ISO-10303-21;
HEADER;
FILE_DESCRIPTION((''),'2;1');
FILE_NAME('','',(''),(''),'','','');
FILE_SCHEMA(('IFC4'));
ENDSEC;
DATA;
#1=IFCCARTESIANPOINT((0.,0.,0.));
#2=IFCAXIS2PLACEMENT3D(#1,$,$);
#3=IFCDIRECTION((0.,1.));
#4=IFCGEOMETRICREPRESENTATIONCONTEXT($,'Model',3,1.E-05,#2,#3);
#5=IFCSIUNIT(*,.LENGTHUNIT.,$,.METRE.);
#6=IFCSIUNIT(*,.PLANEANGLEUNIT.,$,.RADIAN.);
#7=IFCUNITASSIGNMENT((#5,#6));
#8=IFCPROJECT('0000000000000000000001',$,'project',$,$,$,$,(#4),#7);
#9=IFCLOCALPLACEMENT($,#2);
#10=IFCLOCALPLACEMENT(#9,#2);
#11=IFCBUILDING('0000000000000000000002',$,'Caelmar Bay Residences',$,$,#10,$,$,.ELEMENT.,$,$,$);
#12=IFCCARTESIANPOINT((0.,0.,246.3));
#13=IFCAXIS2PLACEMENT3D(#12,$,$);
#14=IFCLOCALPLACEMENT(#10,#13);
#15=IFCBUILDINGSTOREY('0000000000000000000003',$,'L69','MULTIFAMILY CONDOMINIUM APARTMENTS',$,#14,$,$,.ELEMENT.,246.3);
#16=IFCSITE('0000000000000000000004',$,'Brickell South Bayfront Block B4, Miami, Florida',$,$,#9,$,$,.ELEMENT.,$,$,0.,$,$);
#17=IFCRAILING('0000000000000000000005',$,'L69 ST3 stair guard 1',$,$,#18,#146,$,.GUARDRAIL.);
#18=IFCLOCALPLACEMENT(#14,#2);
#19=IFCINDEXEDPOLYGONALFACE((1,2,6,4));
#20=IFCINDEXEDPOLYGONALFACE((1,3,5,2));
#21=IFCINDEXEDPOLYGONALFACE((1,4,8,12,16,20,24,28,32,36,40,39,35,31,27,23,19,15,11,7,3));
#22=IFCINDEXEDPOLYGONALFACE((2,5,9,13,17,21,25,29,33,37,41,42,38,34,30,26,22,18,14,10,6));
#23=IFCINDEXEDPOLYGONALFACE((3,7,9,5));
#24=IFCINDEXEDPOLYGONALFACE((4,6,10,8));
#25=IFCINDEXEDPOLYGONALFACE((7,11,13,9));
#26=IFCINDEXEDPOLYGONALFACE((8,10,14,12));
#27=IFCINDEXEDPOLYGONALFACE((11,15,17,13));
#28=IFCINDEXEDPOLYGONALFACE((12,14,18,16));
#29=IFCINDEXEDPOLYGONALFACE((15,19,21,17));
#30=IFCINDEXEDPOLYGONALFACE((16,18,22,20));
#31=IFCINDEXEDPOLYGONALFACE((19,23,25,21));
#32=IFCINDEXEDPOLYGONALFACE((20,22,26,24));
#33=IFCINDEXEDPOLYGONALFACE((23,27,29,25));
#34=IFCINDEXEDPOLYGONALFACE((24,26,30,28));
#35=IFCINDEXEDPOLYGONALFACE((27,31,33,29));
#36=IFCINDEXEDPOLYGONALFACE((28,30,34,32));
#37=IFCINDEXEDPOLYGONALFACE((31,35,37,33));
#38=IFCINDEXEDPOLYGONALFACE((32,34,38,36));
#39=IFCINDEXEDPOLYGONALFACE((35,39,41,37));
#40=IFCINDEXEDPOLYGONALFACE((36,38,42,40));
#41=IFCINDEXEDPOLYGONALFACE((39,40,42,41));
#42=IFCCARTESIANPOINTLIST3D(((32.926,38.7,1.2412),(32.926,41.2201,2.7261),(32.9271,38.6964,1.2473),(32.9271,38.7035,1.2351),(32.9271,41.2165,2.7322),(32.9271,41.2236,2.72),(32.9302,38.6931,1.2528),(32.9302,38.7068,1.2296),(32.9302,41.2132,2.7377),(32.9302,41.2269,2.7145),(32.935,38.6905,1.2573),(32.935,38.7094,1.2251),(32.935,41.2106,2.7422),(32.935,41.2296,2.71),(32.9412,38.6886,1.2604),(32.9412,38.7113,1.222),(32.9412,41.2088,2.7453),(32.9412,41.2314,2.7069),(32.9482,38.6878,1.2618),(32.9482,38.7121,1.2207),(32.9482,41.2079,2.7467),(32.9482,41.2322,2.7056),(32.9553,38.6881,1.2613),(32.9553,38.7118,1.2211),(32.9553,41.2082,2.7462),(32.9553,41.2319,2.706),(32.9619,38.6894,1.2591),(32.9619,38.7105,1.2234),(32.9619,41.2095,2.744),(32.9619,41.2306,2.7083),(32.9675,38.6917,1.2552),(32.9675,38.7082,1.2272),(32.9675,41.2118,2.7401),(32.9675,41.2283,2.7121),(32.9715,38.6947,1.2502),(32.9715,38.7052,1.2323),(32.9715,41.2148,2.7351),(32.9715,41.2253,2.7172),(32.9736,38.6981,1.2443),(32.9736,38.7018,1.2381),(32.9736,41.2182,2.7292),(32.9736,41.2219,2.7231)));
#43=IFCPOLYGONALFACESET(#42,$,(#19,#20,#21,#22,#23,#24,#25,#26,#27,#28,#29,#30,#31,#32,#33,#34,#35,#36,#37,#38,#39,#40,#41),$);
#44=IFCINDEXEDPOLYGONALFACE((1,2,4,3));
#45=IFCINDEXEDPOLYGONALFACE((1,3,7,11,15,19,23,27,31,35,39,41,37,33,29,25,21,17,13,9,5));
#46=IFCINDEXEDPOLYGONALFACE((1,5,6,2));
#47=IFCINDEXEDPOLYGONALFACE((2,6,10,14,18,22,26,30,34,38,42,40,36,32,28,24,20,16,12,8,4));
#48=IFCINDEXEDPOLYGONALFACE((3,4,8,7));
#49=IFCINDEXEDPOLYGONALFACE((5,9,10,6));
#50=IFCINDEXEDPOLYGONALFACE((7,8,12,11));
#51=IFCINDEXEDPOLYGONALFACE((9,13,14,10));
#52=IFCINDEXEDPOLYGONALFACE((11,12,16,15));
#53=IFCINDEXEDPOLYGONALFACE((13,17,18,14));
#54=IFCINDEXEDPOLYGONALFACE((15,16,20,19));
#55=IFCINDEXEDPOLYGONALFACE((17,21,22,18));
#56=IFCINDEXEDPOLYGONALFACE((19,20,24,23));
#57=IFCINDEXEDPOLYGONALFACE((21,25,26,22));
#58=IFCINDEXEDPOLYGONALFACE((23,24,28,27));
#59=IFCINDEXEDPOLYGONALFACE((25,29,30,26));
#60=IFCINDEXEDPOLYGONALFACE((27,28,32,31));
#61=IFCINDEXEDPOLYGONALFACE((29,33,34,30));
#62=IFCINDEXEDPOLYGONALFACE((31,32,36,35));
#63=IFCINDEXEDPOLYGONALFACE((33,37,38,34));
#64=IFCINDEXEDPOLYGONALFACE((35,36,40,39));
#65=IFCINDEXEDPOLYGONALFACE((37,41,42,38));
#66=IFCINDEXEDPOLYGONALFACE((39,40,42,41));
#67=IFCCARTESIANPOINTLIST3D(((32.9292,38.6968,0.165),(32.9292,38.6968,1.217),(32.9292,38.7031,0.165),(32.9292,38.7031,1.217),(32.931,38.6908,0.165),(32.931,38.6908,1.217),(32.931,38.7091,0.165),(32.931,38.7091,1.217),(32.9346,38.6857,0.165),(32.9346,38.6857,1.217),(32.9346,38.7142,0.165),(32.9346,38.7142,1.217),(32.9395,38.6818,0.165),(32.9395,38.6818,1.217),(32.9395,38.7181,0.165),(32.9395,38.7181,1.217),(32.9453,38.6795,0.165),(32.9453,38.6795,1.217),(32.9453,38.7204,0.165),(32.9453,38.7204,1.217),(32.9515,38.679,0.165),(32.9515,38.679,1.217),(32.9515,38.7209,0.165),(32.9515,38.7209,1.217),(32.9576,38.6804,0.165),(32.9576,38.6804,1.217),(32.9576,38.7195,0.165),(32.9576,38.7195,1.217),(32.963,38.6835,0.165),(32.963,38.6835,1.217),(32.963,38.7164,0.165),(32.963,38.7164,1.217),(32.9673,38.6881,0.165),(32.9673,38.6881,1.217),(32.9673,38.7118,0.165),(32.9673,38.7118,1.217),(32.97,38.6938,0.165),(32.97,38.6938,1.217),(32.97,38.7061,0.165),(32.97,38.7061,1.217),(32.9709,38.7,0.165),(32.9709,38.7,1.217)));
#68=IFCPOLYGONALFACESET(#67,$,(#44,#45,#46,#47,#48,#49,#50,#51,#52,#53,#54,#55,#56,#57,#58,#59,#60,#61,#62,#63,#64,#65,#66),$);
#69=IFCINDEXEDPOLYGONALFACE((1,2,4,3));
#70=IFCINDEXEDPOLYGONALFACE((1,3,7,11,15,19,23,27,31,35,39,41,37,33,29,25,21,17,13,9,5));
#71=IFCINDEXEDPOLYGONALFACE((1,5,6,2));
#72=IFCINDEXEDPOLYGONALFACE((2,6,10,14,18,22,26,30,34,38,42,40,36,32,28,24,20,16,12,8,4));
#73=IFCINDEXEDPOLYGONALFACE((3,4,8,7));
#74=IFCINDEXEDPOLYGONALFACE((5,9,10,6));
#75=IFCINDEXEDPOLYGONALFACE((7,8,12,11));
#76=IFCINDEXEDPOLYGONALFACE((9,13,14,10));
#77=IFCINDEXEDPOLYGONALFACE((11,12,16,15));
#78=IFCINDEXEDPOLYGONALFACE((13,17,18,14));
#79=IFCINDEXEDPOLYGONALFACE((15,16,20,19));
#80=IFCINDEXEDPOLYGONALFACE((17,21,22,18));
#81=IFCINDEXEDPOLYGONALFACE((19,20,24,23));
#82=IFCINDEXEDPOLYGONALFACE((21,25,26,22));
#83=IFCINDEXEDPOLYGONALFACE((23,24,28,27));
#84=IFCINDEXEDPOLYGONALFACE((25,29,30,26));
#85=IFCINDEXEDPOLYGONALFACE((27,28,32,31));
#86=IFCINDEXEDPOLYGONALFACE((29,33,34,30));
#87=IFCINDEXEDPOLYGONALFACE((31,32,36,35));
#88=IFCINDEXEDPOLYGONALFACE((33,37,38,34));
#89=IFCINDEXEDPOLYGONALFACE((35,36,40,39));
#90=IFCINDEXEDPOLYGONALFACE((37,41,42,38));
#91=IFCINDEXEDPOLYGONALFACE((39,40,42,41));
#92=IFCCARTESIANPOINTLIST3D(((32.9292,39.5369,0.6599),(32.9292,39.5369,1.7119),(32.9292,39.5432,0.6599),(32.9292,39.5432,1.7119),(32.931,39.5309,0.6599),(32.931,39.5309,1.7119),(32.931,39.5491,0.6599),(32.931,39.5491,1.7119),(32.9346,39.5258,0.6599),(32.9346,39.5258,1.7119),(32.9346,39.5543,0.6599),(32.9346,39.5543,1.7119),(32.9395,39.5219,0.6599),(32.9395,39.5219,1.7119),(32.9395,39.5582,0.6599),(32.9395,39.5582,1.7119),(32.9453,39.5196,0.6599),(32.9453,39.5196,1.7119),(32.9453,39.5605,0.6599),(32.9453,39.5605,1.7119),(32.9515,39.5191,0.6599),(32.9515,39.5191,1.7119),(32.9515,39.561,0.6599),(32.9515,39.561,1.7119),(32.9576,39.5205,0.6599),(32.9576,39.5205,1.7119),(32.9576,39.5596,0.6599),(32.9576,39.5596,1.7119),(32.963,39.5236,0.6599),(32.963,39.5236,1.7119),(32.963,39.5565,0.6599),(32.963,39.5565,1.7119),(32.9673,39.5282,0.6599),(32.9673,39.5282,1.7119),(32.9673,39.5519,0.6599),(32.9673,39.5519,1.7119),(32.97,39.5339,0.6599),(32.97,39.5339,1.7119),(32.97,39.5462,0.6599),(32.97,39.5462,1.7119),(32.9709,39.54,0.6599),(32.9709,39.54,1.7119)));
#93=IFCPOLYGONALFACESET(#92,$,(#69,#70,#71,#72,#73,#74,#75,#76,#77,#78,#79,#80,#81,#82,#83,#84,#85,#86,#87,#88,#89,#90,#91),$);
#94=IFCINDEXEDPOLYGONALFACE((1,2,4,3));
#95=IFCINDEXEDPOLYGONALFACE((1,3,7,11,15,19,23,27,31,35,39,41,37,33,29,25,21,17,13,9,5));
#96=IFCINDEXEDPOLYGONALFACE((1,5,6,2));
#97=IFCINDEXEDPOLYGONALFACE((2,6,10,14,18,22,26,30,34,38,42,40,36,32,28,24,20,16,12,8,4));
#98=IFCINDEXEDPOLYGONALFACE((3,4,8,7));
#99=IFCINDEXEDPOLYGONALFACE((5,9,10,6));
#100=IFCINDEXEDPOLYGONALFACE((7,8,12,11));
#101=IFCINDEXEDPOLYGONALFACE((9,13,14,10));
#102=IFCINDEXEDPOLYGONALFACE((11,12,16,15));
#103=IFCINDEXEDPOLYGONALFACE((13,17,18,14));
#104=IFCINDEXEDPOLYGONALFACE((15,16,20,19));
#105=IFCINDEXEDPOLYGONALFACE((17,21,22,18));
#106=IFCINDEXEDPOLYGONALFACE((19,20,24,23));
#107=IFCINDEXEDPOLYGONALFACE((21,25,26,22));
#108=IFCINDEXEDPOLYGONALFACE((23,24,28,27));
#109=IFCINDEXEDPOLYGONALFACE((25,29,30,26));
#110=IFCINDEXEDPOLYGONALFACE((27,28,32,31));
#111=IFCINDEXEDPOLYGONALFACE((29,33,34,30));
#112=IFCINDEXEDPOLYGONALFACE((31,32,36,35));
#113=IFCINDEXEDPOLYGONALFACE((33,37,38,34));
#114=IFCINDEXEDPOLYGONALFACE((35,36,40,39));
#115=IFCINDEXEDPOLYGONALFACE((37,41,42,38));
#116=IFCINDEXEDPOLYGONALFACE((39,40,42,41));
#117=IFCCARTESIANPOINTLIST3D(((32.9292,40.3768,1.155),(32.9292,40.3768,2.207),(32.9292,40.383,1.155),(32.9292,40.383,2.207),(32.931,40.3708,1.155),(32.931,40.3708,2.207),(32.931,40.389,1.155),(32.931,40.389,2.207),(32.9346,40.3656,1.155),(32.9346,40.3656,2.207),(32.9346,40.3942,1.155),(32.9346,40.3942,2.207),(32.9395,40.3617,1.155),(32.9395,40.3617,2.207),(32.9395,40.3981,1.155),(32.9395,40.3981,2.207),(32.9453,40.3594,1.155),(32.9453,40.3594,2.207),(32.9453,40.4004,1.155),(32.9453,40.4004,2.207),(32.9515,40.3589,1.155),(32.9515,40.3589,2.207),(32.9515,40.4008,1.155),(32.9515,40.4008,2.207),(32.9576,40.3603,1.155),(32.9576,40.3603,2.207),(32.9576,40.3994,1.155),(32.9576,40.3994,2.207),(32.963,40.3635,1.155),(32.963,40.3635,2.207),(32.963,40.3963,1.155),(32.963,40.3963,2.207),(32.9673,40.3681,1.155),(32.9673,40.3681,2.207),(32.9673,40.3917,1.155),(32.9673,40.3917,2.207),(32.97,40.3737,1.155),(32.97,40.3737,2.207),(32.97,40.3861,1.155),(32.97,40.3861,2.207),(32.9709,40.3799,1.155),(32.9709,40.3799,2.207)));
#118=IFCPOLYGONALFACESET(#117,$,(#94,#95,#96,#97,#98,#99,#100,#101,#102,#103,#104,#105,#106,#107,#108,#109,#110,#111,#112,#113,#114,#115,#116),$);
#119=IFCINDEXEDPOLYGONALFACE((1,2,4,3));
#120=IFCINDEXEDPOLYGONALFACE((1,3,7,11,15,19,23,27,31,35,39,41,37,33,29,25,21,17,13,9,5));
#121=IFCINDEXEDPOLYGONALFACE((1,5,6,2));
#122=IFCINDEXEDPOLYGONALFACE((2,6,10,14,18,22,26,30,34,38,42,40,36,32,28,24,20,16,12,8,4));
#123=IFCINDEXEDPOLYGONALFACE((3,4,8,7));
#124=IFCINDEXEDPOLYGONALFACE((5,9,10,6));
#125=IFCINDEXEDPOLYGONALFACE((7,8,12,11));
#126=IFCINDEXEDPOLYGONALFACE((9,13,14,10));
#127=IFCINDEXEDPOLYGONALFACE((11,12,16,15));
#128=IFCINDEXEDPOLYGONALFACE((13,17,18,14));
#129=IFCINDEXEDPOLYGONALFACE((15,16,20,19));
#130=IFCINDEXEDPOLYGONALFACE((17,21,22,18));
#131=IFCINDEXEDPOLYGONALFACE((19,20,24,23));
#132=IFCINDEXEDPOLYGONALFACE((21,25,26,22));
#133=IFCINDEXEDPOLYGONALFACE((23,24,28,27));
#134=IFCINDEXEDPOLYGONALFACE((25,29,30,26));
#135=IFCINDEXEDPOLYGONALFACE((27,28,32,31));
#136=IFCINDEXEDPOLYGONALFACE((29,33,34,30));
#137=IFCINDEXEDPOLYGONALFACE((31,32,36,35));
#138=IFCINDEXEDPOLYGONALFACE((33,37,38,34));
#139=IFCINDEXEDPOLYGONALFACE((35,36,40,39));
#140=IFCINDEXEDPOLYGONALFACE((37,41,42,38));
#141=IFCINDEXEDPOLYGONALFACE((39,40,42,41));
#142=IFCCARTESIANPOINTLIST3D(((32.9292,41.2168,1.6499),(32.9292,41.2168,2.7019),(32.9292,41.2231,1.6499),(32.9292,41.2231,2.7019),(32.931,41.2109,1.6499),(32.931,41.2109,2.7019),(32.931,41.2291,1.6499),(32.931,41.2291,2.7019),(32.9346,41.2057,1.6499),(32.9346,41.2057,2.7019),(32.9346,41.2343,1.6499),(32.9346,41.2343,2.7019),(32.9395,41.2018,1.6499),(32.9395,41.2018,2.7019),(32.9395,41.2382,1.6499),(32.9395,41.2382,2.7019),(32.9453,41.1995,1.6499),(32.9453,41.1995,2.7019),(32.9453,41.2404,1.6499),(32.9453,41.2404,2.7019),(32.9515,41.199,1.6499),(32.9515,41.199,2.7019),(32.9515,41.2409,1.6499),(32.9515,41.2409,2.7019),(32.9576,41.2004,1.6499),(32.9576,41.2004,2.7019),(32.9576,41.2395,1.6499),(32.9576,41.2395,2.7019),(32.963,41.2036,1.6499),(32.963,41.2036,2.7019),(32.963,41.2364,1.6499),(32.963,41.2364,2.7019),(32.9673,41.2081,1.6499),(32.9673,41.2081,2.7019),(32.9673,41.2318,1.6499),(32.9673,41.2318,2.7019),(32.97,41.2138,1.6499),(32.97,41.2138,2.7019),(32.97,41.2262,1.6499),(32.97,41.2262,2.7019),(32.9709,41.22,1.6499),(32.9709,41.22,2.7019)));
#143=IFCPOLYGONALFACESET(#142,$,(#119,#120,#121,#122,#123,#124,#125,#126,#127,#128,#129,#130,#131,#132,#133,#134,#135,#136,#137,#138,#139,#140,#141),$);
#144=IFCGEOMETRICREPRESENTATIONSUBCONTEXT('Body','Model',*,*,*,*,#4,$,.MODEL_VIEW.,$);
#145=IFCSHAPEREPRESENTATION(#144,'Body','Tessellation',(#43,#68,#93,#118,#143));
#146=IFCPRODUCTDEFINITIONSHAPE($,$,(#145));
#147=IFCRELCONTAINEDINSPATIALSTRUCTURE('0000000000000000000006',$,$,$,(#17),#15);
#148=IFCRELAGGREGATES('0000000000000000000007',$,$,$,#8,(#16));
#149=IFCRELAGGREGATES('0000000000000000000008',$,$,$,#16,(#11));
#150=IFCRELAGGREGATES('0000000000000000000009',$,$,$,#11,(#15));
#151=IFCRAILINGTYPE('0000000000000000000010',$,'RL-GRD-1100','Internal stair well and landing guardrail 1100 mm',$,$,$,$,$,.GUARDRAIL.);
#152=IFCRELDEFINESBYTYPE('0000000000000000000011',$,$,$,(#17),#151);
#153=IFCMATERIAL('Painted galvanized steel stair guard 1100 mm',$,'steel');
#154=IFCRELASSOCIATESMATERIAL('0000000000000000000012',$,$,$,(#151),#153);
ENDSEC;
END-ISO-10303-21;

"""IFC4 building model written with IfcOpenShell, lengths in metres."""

from ifc_helpers import new_model, si_unit, direction, frame, origin, origin_2d, place, context, subcontext, project, spatial, circle, extrude, material, type_object, element, save


model = new_model("IFC4")

# Units and contexts
model_context = context("Model", 3, precision=1e-05, world=origin(), true_north=direction((0.0, 1.0)))
body_context = subcontext(model_context, "Body", "Model", "MODEL_VIEW")
ifc_project = project(units=[si_unit("LENGTHUNIT", "METRE"), si_unit("PLANEANGLEUNIT", "RADIAN")], contexts=[model_context])

# Site, building, storey
site_placement = place(None, origin())
site = spatial("IfcSite", under=ifc_project, at=site_placement, Name="Brickell South Bayfront Block B4, Miami, Florida", CompositionType="ELEMENT", RefElevation=0.0)
building_placement = place(site_placement, origin())
building = spatial("IfcBuilding", under=site, at=building_placement, Name="Caelmar Bay Residences", CompositionType="ELEMENT")
storey_placement = place(building_placement, frame((0.0, 0.0, 246.3)))
storey = spatial("IfcBuildingStorey", under=building, at=storey_placement, Name="L69", Description="MULTIFAMILY CONDOMINIUM APARTMENTS", CompositionType="ELEMENT", Elevation=246.3)

# Railing
ifc_material_1 = material(Name="Painted galvanized steel stair guard 1100 mm", Category="steel")
railing_type_1 = type_object("IfcRailingType", Name="RL-GRD-1100", Description="Internal stair well and landing guardrail 1100 mm", PredefinedType="GUARDRAIL", material=ifc_material_1)
railing_1_placement = place(storey_placement, frame((32.95, 38.7, 0.165)))
element("IfcRailing", 1, at=railing_1_placement, inside=storey, type_object=railing_type_1, Name="L69 ST3 stair guard 1", PredefinedType="GUARDRAIL", context=body_context, shape_type="SweptSolid", body=[
    extrude(circle(Radius=0.0239, at=origin_2d()), frame((0.0, 0.0, 1.0762), z_axis=(0.0, 0.861561, 0.507655), x_axis=(-1.0, 0.0, 0.0)), (0.0, 0.0, 1.0), 2.925),
    extrude(circle(Radius=0.021, at=origin_2d()), origin(), (0.0, 0.0, 1.0), 1.052),
    extrude(circle(Radius=0.021, at=origin_2d()), frame((0.0, 0.8401, 0.4949)), (0.0, 0.0, 1.0), 1.052),
    extrude(circle(Radius=0.021, at=origin_2d()), frame((0.0, 1.6799, 0.99)), (0.0, 0.0, 1.0), 1.052),
    extrude(circle(Radius=0.021, at=origin_2d()), frame((0.0, 2.52, 1.4849)), (0.0, 0.0, 1.0), 1.052),
])

save(model, "model.ifc")
